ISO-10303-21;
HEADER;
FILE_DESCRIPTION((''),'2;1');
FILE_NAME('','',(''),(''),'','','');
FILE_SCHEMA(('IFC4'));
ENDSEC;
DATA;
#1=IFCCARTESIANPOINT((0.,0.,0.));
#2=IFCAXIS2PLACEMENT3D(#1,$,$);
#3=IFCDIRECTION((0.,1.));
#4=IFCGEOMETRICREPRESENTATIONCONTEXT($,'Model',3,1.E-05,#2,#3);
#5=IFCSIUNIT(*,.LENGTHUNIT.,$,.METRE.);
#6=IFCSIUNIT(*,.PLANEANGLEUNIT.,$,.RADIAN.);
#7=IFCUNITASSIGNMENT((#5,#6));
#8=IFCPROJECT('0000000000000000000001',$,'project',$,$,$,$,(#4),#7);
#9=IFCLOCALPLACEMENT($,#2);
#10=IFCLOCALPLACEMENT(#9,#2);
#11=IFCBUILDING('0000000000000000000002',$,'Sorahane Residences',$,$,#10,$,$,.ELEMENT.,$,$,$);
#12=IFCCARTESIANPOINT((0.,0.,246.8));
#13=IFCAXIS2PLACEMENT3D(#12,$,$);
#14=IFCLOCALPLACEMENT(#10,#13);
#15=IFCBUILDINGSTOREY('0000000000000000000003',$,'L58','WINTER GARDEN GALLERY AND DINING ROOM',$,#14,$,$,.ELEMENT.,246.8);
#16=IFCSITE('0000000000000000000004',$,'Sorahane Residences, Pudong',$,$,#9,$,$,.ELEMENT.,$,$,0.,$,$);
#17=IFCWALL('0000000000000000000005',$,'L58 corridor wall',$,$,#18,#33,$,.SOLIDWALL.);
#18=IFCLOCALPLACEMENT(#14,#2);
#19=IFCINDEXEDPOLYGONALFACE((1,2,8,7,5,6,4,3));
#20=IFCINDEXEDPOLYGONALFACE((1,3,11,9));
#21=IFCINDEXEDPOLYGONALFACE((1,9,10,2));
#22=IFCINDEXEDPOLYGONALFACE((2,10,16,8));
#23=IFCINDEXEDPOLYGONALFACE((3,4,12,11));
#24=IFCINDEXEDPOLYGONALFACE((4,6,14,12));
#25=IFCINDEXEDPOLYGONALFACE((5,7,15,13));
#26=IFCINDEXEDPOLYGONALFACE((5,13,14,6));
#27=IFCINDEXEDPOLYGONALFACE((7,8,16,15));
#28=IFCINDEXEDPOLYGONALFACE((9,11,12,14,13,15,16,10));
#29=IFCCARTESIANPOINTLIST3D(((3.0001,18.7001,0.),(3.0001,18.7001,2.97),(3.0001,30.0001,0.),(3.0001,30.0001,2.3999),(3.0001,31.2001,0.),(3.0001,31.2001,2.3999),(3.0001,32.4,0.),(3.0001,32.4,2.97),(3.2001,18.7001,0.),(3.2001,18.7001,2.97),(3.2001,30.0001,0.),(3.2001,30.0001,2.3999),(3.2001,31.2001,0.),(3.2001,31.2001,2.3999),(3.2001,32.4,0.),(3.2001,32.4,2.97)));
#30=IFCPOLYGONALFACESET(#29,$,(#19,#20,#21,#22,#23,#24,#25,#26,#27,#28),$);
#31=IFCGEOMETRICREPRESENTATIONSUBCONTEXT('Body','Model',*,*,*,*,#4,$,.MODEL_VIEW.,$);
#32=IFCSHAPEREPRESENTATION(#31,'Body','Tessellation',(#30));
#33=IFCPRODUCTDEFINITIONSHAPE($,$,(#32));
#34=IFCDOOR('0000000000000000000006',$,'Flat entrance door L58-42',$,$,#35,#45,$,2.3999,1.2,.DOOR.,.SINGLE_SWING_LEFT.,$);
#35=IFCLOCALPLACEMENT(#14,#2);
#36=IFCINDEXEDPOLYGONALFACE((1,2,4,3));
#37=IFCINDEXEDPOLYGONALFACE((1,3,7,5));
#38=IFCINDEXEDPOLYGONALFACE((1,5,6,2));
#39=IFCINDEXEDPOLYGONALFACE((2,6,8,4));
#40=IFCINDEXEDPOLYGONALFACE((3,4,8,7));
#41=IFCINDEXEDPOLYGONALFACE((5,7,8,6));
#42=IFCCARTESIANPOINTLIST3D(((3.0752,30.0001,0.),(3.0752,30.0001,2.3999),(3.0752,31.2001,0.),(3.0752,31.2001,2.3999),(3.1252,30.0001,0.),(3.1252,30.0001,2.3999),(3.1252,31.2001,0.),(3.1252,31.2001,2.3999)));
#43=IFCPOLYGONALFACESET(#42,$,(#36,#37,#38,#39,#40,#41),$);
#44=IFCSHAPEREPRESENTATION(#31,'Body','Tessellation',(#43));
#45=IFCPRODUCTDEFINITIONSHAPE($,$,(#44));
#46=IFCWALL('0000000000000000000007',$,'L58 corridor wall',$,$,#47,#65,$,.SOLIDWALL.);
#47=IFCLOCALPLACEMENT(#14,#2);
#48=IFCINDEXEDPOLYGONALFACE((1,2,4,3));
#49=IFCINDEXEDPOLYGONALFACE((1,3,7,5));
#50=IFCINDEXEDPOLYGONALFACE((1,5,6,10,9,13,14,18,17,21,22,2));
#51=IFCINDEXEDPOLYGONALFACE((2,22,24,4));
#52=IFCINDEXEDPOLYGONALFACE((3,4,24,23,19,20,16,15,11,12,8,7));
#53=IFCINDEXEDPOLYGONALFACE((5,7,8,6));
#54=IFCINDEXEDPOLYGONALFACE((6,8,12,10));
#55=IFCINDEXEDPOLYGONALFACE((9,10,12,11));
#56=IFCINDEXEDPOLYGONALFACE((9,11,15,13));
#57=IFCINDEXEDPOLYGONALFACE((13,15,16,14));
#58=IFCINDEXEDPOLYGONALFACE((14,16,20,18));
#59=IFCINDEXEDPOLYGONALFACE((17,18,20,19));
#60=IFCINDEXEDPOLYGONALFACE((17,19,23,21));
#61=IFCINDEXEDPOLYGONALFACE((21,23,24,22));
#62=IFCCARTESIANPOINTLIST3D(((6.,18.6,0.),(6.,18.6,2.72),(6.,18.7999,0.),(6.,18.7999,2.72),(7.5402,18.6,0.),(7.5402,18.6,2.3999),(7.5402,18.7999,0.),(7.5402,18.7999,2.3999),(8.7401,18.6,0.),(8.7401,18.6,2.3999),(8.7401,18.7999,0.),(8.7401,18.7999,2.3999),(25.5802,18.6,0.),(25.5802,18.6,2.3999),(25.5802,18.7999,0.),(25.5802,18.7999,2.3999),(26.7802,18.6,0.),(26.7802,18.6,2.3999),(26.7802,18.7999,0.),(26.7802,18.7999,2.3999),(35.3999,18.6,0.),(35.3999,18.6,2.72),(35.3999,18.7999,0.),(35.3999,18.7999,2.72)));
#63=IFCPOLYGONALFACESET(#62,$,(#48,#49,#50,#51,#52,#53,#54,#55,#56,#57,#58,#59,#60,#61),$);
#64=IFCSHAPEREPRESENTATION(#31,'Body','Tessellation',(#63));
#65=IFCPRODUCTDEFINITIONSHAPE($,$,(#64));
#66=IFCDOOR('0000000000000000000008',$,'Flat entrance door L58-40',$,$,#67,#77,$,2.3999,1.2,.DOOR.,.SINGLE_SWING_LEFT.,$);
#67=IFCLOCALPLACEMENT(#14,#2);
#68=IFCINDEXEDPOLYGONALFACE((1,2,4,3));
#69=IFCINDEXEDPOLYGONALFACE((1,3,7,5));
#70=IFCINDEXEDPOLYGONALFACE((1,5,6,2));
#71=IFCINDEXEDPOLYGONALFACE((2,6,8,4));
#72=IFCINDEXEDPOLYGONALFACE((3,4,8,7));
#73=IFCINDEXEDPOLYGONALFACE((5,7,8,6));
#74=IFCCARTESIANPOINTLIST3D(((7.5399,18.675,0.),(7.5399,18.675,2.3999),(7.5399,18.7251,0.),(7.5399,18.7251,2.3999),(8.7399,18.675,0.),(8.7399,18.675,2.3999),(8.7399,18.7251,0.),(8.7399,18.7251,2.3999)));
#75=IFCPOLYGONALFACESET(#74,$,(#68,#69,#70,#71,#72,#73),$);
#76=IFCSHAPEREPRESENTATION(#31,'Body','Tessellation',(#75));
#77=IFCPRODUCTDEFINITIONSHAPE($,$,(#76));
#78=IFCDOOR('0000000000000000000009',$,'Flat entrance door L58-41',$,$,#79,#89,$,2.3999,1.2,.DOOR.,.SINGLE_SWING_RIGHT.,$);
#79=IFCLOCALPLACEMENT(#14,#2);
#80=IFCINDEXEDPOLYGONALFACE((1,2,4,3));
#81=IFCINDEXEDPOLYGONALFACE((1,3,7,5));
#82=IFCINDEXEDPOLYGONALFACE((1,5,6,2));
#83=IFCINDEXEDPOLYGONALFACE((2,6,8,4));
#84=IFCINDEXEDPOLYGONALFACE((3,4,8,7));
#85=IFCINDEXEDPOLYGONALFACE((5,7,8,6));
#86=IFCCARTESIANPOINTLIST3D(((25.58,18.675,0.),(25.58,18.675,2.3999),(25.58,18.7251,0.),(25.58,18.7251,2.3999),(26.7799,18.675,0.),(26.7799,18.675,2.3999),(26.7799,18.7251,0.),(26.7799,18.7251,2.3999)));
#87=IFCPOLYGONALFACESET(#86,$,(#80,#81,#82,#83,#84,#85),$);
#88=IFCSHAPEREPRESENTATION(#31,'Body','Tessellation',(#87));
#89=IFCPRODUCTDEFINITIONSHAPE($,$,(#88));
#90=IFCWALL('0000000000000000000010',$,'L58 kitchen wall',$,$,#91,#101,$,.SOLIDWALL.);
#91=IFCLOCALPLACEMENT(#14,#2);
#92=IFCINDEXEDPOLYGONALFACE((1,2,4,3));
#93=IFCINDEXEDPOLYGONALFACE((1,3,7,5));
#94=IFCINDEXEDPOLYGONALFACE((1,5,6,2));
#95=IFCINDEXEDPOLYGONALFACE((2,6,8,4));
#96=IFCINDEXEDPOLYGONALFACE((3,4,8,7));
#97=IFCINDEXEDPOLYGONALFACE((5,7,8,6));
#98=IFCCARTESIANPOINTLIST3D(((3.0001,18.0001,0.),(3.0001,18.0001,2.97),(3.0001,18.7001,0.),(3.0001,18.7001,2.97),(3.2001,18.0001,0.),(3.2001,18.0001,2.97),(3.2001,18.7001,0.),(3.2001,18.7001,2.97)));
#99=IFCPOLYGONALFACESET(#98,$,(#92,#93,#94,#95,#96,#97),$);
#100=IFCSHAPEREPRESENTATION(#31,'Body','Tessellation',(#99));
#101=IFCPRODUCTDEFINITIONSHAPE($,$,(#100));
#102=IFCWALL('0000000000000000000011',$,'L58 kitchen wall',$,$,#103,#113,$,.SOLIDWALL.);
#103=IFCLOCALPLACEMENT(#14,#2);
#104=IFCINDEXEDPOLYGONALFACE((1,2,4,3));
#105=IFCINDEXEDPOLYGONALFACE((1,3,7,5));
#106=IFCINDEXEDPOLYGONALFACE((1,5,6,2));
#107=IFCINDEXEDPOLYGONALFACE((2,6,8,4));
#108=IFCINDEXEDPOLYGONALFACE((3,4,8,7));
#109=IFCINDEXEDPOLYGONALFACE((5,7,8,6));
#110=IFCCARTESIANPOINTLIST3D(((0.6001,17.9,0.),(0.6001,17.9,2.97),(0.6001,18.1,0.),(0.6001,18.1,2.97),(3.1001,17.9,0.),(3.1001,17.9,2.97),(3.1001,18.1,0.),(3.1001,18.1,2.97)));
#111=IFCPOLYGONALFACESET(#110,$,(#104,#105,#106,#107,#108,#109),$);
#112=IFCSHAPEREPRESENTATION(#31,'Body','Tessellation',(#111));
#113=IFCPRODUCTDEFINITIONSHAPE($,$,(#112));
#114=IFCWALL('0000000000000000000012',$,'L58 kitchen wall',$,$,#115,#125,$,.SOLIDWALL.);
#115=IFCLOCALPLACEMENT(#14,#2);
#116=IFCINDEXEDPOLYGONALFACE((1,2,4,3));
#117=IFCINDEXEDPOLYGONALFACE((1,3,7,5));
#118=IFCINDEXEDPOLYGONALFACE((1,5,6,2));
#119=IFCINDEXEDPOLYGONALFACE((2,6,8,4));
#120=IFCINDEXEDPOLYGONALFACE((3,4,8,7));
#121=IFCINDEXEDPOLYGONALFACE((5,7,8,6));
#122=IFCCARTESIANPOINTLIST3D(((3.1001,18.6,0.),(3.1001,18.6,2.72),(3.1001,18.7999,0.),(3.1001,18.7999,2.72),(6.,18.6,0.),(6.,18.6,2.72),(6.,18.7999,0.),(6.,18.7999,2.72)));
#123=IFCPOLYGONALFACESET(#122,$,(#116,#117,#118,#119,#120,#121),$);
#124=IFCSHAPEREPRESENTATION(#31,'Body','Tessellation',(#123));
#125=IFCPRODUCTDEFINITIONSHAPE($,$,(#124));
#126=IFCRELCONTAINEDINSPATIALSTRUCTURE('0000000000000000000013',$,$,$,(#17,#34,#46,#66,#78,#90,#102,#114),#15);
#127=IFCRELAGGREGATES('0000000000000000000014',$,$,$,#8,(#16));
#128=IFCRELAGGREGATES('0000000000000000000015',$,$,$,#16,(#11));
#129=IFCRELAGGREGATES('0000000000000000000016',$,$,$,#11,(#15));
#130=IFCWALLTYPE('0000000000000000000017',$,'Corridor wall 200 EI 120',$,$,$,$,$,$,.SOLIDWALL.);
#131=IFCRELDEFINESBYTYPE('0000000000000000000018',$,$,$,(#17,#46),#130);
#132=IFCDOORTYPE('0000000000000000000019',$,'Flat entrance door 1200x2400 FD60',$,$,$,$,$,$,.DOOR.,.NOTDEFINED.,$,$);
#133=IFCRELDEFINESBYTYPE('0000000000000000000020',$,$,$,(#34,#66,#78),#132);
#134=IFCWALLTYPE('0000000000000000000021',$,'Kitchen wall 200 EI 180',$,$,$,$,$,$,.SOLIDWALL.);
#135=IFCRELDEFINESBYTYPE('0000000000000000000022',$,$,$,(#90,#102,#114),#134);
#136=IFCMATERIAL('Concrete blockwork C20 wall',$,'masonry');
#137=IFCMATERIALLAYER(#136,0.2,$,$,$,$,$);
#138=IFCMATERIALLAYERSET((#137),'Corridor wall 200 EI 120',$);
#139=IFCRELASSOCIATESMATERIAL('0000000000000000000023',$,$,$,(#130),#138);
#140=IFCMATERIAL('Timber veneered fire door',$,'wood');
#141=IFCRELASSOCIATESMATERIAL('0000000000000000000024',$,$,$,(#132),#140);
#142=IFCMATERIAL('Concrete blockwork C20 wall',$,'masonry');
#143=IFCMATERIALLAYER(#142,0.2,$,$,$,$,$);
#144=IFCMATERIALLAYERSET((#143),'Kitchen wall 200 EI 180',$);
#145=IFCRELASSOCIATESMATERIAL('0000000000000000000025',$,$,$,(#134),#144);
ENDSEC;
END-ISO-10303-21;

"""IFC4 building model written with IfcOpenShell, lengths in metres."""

from ifc_helpers import new_model, si_unit, direction, frame, frame_2d, origin, place, context, subcontext, project, spatial, rectangle, extrude, material, layer, layer_set, type_object, element, fill, save


model = new_model("IFC4")

# Units and contexts
model_context = context("Model", 3, precision=1e-05, world=origin(), true_north=direction((0.0, 1.0)))
body_context = subcontext(model_context, "Body", "Model", "MODEL_VIEW")
ifc_project = project(units=[si_unit("LENGTHUNIT", "METRE"), si_unit("PLANEANGLEUNIT", "RADIAN")], contexts=[model_context])

# Site, building, storey
site_placement = place(None, origin())
site = spatial("IfcSite", under=ifc_project, at=site_placement, Name="Sorahane Residences, Pudong", CompositionType="ELEMENT", RefElevation=0.0)
building_placement = place(site_placement, origin())
building = spatial("IfcBuilding", under=site, at=building_placement, Name="Sorahane Residences", CompositionType="ELEMENT")
storey_placement = place(building_placement, frame((0.0, 0.0, 246.8)))
storey = spatial("IfcBuildingStorey", under=building, at=storey_placement, Name="L58", Description="WINTER GARDEN GALLERY AND DINING ROOM", CompositionType="ELEMENT", Elevation=246.8)

# Wall, opening, door
ifc_material_1 = material(Name="Concrete blockwork C20 wall", Category="masonry")
ifc_layer_1 = layer(ifc_material_1, 0.2)
ifc_layer_set_1 = layer_set([ifc_layer_1], Name="Corridor wall 200 EI 120")
wall_type_1 = type_object("IfcWallType", Name="Corridor wall 200 EI 120", PredefinedType="SOLIDWALL", material=ifc_layer_set_1)
wall_1_placement = place(storey_placement, frame((3.1001, 18.7, 0.0), z_axis=(0.0, 0.0, 1.0), x_axis=(0.0, 1.0, 0.0)))
wall_1 = element("IfcWall", 1, at=wall_1_placement, inside=storey, type_object=wall_type_1, Name="L58 corridor wall", PredefinedType="SOLIDWALL", context=body_context, shape_type="SweptSolid", body=[
    extrude(rectangle(XDim=13.7, YDim=0.2, at=frame_2d((6.8501, 0.0))), origin(), (0.0, 0.0, 1.0), 2.97),
])
opening_1_placement = place(wall_1_placement, frame((11.3, 0.0, 0.0)))
opening_1 = element("IfcOpeningElement", 2, at=opening_1_placement, cuts=wall_1, PredefinedType="OPENING", context=body_context, shape_type="SweptSolid", body=[
    extrude(rectangle(XDim=1.2, YDim=2.3999, at=frame_2d((0.6001, 1.2))), frame((0.0, 0.1099, 0.0), z_axis=(0.0, -1.0, 0.0), x_axis=(1.0, 0.0, 0.0)), (0.0, 0.0, 1.0), 0.22),
])
ifc_material_2 = material(Name="Timber veneered fire door", Category="wood")
door_type_1 = type_object("IfcDoorType", Name="Flat entrance door 1200x2400 FD60", OperationType="NOTDEFINED", PredefinedType="DOOR", material=ifc_material_2)
door_1_placement = place(opening_1_placement, origin())
door_1 = element("IfcDoor", 3, at=door_1_placement, inside=storey, type_object=door_type_1, Name="Flat entrance door L58-42", OperationType="SINGLE_SWING_LEFT", OverallHeight=2.3999, OverallWidth=1.2, PredefinedType="DOOR", context=body_context, shape_type="SweptSolid", body=[
    extrude(rectangle(XDim=1.2, YDim=2.3999, at=frame_2d((0.6001, 1.2))), frame((0.0, 0.0249, 0.0), z_axis=(0.0, -1.0, 0.0), x_axis=(1.0, 0.0, 0.0)), (0.0, 0.0, 1.0), 0.05),
])
fill(opening_1, door_1)

# Wall, openings, doors
wall_2_placement = place(storey_placement, frame((6.0, 18.7, 0.0), z_axis=(0.0, 0.0, 1.0), x_axis=(1.0, 0.0, 0.0)))
wall_2 = element("IfcWall", 4, at=wall_2_placement, inside=storey, type_object=wall_type_1, Name="L58 corridor wall", PredefinedType="SOLIDWALL", context=body_context, shape_type="SweptSolid", body=[
    extrude(rectangle(XDim=29.3999, YDim=0.2, at=frame_2d((14.7, 0.0))), origin(), (0.0, 0.0, 1.0), 2.72),
])
opening_2_placement = place(wall_2_placement, frame((1.54, 0.0, 0.0)))
opening_2 = element("IfcOpeningElement", 5, at=opening_2_placement, cuts=wall_2, PredefinedType="OPENING", context=body_context, shape_type="SweptSolid", body=[
    extrude(rectangle(XDim=1.2, YDim=2.3999, at=frame_2d((0.6001, 1.2))), frame((0.0, 0.1099, 0.0), z_axis=(0.0, -1.0, 0.0), x_axis=(1.0, 0.0, 0.0)), (0.0, 0.0, 1.0), 0.22),
])
opening_3_placement = place(wall_2_placement, frame((19.5801, 0.0, 0.0)))
opening_3 = element("IfcOpeningElement", 6, at=opening_3_placement, cuts=wall_2, PredefinedType="OPENING", context=body_context, shape_type="SweptSolid", body=[
    extrude(rectangle(XDim=1.2, YDim=2.3999, at=frame_2d((0.6001, 1.2))), frame((0.0, 0.1099, 0.0), z_axis=(0.0, -1.0, 0.0), x_axis=(1.0, 0.0, 0.0)), (0.0, 0.0, 1.0), 0.22),
])
door_2_placement = place(opening_2_placement, frame((1.2, 0.0, 0.0), z_axis=(0.0, 0.0, 1.0), x_axis=(-1.0, 0.0, 0.0)))
door_2 = element("IfcDoor", 7, at=door_2_placement, inside=storey, type_object=door_type_1, Name="Flat entrance door L58-40", OperationType="SINGLE_SWING_LEFT", OverallHeight=2.3999, OverallWidth=1.2, PredefinedType="DOOR", context=body_context, shape_type="SweptSolid", body=[
    extrude(rectangle(XDim=1.2, YDim=2.3999, at=frame_2d((0.6001, 1.2))), frame((0.0, 0.0249, 0.0), z_axis=(0.0, -1.0, 0.0), x_axis=(1.0, 0.0, 0.0)), (0.0, 0.0, 1.0), 0.05),
])
fill(opening_2, door_2)
door_3_placement = place(opening_3_placement, frame((1.2, 0.0, 0.0), z_axis=(0.0, 0.0, 1.0), x_axis=(-1.0, 0.0, 0.0)))
door_3 = element("IfcDoor", 8, at=door_3_placement, inside=storey, type_object=door_type_1, Name="Flat entrance door L58-41", OperationType="SINGLE_SWING_RIGHT", OverallHeight=2.3999, OverallWidth=1.2, PredefinedType="DOOR", context=body_context, shape_type="SweptSolid", body=[
    extrude(rectangle(XDim=1.2, YDim=2.3999, at=frame_2d((0.6001, 1.2))), frame((0.0, 0.0249, 0.0), z_axis=(0.0, -1.0, 0.0), x_axis=(1.0, 0.0, 0.0)), (0.0, 0.0, 1.0), 0.05),
])
fill(opening_3, door_3)

# Walls
ifc_material_3 = material(Name="Concrete blockwork C20 wall", Category="masonry")
ifc_layer_2 = layer(ifc_material_3, 0.2)
ifc_layer_set_2 = layer_set([ifc_layer_2], Name="Kitchen wall 200 EI 180")
wall_type_2 = type_object("IfcWallType", Name="Kitchen wall 200 EI 180", PredefinedType="SOLIDWALL", material=ifc_layer_set_2)
wall_3_placement = place(storey_placement, frame((3.1001, 18.0, 0.0), z_axis=(0.0, 0.0, 1.0), x_axis=(0.0, 1.0, 0.0)))
element("IfcWall", 9, at=wall_3_placement, inside=storey, type_object=wall_type_2, Name="L58 kitchen wall", PredefinedType="SOLIDWALL", context=body_context, shape_type="SweptSolid", body=[
    extrude(rectangle(XDim=0.7, YDim=0.2, at=frame_2d((0.3501, 0.0))), origin(), (0.0, 0.0, 1.0), 2.97),
])
wall_4_placement = place(storey_placement, frame((0.6001, 18.0, 0.0), z_axis=(0.0, 0.0, 1.0), x_axis=(1.0, 0.0, 0.0)))
element("IfcWall", 10, at=wall_4_placement, inside=storey, type_object=wall_type_2, Name="L58 kitchen wall", PredefinedType="SOLIDWALL", context=body_context, shape_type="SweptSolid", body=[
    extrude(rectangle(XDim=2.5, YDim=0.2, at=frame_2d((1.25, 0.0))), origin(), (0.0, 0.0, 1.0), 2.97),
])
wall_5_placement = place(storey_placement, frame((3.1001, 18.7, 0.0), z_axis=(0.0, 0.0, 1.0), x_axis=(1.0, 0.0, 0.0)))
element("IfcWall", 11, at=wall_5_placement, inside=storey, type_object=wall_type_2, Name="L58 kitchen wall", PredefinedType="SOLIDWALL", context=body_context, shape_type="SweptSolid", body=[
    extrude(rectangle(XDim=2.8999, YDim=0.2, at=frame_2d((1.45, 0.0))), origin(), (0.0, 0.0, 1.0), 2.72),
])

save(model, "model.ifc")
